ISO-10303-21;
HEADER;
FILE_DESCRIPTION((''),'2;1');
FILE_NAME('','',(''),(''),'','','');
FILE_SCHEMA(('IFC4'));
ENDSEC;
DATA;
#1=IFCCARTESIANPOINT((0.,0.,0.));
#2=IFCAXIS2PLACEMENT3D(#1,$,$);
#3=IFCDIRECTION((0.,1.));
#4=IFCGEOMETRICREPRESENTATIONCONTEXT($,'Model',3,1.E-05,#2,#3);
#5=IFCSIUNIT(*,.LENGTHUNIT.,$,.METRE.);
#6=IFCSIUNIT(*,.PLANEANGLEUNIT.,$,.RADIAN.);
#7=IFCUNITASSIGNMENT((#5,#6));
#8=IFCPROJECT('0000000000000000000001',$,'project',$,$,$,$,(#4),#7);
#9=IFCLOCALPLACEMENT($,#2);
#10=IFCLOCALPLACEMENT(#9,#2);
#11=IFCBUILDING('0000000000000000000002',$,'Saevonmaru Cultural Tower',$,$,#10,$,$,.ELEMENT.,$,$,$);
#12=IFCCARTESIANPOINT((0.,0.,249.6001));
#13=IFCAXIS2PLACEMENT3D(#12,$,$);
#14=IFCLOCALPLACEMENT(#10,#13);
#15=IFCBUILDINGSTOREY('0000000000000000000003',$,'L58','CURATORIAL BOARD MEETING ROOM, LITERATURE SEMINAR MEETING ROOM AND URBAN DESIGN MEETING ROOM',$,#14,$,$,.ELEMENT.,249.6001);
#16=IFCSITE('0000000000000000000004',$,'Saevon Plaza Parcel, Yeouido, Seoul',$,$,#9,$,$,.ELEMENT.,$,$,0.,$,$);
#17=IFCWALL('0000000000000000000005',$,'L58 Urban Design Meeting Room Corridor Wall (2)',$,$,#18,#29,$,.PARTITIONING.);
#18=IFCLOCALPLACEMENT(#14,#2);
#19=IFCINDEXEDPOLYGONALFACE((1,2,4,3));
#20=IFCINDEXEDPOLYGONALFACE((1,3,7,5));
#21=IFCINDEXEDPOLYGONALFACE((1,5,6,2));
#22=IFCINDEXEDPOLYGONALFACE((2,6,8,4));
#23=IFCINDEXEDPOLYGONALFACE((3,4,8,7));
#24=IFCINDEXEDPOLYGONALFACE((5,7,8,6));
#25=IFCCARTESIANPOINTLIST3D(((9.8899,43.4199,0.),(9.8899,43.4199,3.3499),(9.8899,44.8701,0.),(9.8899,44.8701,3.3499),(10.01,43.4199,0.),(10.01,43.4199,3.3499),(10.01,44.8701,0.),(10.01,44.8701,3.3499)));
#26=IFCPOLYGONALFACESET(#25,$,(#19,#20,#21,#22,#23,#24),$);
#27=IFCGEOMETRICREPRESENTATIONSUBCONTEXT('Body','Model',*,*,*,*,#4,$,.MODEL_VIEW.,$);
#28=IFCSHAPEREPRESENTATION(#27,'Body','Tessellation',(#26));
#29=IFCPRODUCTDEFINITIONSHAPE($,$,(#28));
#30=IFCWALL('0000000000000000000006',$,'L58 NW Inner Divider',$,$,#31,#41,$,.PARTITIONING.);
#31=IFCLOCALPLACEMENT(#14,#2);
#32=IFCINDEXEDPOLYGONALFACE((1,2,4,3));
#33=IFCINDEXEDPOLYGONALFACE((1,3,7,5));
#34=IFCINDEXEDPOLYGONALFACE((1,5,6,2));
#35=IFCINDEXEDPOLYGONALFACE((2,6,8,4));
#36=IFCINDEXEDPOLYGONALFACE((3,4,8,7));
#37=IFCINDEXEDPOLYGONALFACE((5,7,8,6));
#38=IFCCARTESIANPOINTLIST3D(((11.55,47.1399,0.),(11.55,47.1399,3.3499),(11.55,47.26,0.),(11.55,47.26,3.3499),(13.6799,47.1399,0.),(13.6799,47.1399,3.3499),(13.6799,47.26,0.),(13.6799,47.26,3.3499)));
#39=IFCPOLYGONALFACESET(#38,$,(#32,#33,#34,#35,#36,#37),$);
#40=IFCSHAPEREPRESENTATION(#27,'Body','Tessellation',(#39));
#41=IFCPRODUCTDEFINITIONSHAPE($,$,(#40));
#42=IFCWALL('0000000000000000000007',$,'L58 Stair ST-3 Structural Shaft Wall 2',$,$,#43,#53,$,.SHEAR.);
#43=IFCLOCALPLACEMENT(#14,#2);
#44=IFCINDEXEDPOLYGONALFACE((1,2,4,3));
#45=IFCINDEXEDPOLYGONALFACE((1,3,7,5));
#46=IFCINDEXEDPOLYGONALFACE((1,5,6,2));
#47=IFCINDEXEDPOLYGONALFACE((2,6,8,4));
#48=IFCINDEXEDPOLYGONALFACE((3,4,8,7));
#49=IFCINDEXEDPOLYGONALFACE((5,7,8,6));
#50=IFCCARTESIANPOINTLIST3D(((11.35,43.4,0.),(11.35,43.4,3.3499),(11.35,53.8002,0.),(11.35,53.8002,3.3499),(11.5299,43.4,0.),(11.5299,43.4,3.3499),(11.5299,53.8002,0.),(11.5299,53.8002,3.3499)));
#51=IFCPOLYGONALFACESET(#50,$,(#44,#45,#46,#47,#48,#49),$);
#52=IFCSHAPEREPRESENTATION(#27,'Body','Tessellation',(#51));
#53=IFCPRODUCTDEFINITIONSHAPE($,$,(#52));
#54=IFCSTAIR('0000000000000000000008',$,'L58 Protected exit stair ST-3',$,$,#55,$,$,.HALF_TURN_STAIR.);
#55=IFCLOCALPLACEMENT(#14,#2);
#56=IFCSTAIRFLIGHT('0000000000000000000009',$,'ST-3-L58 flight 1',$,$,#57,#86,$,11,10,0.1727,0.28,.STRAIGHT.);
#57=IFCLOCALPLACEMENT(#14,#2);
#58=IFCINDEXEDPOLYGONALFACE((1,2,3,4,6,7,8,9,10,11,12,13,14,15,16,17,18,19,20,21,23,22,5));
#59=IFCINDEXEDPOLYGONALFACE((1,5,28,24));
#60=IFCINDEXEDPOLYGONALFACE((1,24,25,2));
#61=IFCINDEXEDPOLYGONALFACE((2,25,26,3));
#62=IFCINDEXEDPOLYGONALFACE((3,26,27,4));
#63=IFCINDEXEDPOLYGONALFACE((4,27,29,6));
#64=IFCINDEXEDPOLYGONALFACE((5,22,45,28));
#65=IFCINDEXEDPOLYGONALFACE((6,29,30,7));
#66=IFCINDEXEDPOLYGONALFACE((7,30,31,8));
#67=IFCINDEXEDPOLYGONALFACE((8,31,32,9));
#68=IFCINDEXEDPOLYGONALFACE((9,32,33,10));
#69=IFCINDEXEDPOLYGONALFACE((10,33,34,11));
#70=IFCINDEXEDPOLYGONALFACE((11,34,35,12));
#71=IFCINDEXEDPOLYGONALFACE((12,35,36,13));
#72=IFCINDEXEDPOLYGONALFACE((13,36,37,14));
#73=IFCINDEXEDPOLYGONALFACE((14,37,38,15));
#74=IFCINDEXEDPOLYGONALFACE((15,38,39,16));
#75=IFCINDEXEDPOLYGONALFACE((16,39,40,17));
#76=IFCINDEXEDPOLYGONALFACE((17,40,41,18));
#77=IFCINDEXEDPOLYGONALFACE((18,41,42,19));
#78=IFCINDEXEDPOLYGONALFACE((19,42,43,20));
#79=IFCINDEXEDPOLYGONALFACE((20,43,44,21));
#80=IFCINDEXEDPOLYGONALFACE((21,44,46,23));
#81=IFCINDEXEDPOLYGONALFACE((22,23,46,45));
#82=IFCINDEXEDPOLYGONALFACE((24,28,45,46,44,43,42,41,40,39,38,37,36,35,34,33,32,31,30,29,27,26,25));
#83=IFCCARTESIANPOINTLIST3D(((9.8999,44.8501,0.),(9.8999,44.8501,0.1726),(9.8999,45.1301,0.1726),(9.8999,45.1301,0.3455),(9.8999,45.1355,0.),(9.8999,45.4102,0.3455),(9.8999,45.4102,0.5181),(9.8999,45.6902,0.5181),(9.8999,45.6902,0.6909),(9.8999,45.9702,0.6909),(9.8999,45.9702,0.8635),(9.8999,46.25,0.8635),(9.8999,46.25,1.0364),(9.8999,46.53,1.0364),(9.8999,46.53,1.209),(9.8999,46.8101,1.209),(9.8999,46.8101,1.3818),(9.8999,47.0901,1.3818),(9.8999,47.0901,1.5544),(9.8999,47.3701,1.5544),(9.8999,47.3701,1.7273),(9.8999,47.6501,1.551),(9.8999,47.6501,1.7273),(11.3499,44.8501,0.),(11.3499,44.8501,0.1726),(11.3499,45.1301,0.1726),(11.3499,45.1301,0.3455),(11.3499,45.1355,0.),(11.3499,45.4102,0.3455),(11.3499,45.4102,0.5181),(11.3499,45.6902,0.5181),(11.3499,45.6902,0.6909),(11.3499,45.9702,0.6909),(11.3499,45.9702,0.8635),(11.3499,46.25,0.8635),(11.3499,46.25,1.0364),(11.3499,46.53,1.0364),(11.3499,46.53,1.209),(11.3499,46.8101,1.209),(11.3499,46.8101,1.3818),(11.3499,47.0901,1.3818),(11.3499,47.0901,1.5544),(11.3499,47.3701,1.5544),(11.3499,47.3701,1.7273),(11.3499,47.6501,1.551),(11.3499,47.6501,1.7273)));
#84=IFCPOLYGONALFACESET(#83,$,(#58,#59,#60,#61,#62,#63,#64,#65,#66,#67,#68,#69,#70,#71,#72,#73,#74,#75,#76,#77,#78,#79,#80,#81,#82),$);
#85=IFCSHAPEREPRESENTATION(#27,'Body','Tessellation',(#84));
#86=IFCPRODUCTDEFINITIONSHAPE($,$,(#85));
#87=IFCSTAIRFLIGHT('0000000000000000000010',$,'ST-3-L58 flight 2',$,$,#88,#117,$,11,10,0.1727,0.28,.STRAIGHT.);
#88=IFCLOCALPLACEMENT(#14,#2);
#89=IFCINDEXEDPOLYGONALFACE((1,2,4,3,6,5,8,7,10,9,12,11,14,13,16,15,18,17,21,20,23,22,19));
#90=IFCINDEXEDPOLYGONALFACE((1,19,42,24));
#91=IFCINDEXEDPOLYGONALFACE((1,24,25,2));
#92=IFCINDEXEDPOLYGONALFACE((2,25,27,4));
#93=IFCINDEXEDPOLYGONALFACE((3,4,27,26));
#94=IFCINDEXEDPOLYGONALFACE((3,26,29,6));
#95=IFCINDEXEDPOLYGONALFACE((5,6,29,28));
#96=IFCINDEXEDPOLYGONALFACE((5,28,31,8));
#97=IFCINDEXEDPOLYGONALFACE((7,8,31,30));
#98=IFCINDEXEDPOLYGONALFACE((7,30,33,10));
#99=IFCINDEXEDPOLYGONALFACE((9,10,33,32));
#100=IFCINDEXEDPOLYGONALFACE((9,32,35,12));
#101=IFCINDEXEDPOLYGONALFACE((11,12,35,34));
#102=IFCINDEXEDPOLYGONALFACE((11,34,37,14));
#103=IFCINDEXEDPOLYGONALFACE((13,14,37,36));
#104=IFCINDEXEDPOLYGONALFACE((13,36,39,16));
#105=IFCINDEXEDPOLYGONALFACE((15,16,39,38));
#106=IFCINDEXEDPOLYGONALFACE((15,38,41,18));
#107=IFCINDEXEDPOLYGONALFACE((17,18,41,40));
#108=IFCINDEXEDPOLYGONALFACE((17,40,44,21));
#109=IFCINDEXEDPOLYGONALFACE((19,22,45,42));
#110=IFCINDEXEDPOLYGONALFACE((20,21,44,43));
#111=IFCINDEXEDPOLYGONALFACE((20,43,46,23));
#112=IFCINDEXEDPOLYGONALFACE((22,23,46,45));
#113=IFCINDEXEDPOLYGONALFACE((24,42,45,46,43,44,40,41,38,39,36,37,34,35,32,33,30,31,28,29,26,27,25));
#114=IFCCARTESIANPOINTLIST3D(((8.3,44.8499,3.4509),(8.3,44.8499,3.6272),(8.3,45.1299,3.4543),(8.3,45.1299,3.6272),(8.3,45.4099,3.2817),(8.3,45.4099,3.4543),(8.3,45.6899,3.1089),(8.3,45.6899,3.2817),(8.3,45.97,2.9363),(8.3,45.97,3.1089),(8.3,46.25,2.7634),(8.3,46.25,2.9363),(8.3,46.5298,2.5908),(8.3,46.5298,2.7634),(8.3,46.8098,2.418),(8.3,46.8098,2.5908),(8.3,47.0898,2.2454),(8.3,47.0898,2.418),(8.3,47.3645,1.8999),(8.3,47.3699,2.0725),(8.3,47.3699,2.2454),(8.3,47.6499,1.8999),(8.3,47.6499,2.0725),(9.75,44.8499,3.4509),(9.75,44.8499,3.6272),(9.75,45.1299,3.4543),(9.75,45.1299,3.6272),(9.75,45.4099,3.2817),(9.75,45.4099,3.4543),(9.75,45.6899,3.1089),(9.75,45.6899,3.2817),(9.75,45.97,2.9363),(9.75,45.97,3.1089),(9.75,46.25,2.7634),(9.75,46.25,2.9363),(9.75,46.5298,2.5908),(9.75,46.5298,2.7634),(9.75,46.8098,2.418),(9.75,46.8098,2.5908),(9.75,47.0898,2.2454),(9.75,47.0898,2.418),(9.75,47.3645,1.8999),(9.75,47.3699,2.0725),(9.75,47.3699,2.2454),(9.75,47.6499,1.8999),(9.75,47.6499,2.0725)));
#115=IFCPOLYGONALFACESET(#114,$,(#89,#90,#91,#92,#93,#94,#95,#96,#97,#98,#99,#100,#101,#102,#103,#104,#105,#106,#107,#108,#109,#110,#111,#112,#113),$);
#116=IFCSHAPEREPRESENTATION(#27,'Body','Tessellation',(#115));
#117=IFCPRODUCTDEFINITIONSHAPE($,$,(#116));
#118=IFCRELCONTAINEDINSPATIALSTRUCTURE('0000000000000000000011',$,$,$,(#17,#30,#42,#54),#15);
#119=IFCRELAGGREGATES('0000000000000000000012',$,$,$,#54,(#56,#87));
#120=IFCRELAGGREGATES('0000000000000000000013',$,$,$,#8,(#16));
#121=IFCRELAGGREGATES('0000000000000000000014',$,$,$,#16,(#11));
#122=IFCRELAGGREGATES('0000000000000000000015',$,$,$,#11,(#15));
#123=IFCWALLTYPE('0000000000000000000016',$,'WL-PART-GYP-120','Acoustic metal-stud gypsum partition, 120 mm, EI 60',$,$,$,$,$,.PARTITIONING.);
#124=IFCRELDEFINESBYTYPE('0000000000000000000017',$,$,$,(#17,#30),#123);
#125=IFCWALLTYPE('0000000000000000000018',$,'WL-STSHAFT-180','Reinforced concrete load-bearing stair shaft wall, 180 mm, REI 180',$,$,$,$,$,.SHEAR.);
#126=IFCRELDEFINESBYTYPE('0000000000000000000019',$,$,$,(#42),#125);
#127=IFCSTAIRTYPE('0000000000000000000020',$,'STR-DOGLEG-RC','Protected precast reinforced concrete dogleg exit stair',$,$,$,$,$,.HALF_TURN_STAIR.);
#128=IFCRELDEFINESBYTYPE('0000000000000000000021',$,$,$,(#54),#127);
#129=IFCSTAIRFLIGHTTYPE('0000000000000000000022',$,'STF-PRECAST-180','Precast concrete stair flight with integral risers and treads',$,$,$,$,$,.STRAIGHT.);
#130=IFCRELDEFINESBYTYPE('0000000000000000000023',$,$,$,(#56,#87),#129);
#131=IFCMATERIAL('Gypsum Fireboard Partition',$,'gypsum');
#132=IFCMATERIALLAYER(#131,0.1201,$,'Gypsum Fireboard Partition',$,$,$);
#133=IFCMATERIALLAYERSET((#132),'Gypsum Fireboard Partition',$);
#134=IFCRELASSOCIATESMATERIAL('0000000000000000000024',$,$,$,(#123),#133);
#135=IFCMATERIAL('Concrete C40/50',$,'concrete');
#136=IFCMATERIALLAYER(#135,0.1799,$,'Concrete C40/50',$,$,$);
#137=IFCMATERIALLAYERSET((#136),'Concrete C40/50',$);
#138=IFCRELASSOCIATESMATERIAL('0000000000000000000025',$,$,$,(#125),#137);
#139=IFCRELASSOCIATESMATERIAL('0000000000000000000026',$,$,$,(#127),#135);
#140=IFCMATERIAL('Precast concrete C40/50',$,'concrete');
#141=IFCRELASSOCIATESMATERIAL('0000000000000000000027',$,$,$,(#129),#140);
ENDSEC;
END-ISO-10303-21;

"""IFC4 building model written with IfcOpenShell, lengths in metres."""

from ifc_helpers import new_model, si_unit, direction, frame, frame_2d, origin, place, context, subcontext, project, spatial, polyline, rectangle, outline, extrude, material, layer, layer_set, type_object, element, aggregate, save


model = new_model("IFC4")

# Units and contexts
model_context = context("Model", 3, precision=1e-05, world=origin(), true_north=direction((0.0, 1.0)))
body_context = subcontext(model_context, "Body", "Model", "MODEL_VIEW")
ifc_project = project(units=[si_unit("LENGTHUNIT", "METRE"), si_unit("PLANEANGLEUNIT", "RADIAN")], contexts=[model_context])

# Site, building, storey
site_placement = place(None, origin())
site = spatial("IfcSite", under=ifc_project, at=site_placement, Name="Saevon Plaza Parcel, Yeouido, Seoul", CompositionType="ELEMENT", RefElevation=0.0)
building_placement = place(site_placement, origin())
building = spatial("IfcBuilding", under=site, at=building_placement, Name="Saevonmaru Cultural Tower", CompositionType="ELEMENT")
storey_placement = place(building_placement, frame((0.0, 0.0, 249.6001)))
storey = spatial("IfcBuildingStorey", under=building, at=storey_placement, Name="L58", Description="CURATORIAL BOARD MEETING ROOM, LITERATURE SEMINAR MEETING ROOM AND URBAN DESIGN MEETING ROOM", CompositionType="ELEMENT", Elevation=249.6001)

# Shared definitions
ifc_material_1 = material(Name="Gypsum Fireboard Partition", Category="gypsum")
ifc_layer_1 = layer(ifc_material_1, 0.1201, Name="Gypsum Fireboard Partition")
ifc_layer_set_1 = layer_set([ifc_layer_1], Name="Gypsum Fireboard Partition")
wall_type_1 = type_object("IfcWallType", Name="WL-PART-GYP-120", Description="Acoustic metal-stud gypsum partition, 120 mm, EI 60", PredefinedType="PARTITIONING", material=ifc_layer_set_1)

# Walls
wall_1_placement = place(storey_placement, frame((9.95, 43.4199, 0.0), z_axis=(0.0, 0.0, 1.0), x_axis=(0.0, 1.0, 0.0)))
element("IfcWall", 1, at=wall_1_placement, inside=storey, type_object=wall_type_1, Name="L58 Urban Design Meeting Room Corridor Wall (2)", PredefinedType="PARTITIONING", context=body_context, shape_type="SweptSolid", body=[
    extrude(rectangle(XDim=1.4502, YDim=0.1201, at=frame_2d((0.7251, 0.0))), origin(), (0.0, 0.0, 1.0), 3.3499),
])
wall_2_placement = place(storey_placement, frame((11.55, 47.2, 0.0), z_axis=(0.0, 0.0, 1.0), x_axis=(1.0, 0.0, 0.0)))
element("IfcWall", 2, at=wall_2_placement, inside=storey, type_object=wall_type_1, Name="L58 NW Inner Divider", PredefinedType="PARTITIONING", context=body_context, shape_type="SweptSolid", body=[
    extrude(rectangle(XDim=2.1299, YDim=0.1201, at=frame_2d((1.0649, 0.0))), origin(), (0.0, 0.0, 1.0), 3.3499),
])

# Shared definitions
ifc_material_2 = material(Name="Concrete C40/50", Category="concrete")
ifc_layer_2 = layer(ifc_material_2, 0.1799, Name="Concrete C40/50")
ifc_layer_set_2 = layer_set([ifc_layer_2], Name="Concrete C40/50")
wall_type_2 = type_object("IfcWallType", Name="WL-STSHAFT-180", Description="Reinforced concrete load-bearing stair shaft wall, 180 mm, REI 180", PredefinedType="SHEAR", material=ifc_layer_set_2)

# Wall
wall_3_placement = place(storey_placement, frame((11.4399, 43.3999, 0.0), z_axis=(0.0, 0.0, 1.0), x_axis=(0.0, 1.0, 0.0)))
element("IfcWall", 3, at=wall_3_placement, inside=storey, type_object=wall_type_2, Name="L58 Stair ST-3 Structural Shaft Wall 2", PredefinedType="SHEAR", context=body_context, shape_type="SweptSolid", body=[
    extrude(rectangle(XDim=10.4001, YDim=0.1799, at=frame_2d((5.2002, 0.0))), origin(), (0.0, 0.0, 1.0), 3.3499),
])

# Stair, stair flights
stair_type = type_object("IfcStairType", Name="STR-DOGLEG-RC", Description="Protected precast reinforced concrete dogleg exit stair", PredefinedType="HALF_TURN_STAIR", material=ifc_material_2)
stair_placement = place(storey_placement, origin())
stair = element("IfcStair", 4, at=stair_placement, inside=storey, type_object=stair_type, Name="L58 Protected exit stair ST-3", PredefinedType="HALF_TURN_STAIR")
ifc_material_3 = material(Name="Precast concrete C40/50", Category="concrete")
stair_flight_type = type_object("IfcStairFlightType", Name="STF-PRECAST-180", Description="Precast concrete stair flight with integral risers and treads", PredefinedType="STRAIGHT", material=ifc_material_3)
stair_flight_1_placement = place(storey_placement, frame((10.625, 44.8501, 0.0), z_axis=(0.0, 0.0, 1.0), x_axis=(0.0, 1.0, 0.0)))
stair_flight_1 = element("IfcStairFlight", 5, at=stair_flight_1_placement, type_object=stair_flight_type, Name="ST-3-L58 flight 1", NumberOfRisers=11, NumberOfTreads=10, PredefinedType="STRAIGHT", RiserHeight=0.1727, TreadLength=0.28, context=body_context, shape_type="SweptSolid", body=[
    extrude(outline(polyline([(0.0, 0.0), (0.0, 0.1726), (0.28, 0.1726), (0.28, 0.3455), (0.5601, 0.3455), (0.5601, 0.5181), (0.8401, 0.5181), (0.8401, 0.6909), (1.1201, 0.6909), (1.1201, 0.8635), (1.3999, 0.8635), (1.3999, 1.0364), (1.6799, 1.0364), (1.6799, 1.209), (1.96, 1.209), (1.96, 1.3818), (2.24, 1.3818), (2.24, 1.5544), (2.52, 1.5544), (2.52, 1.7273), (2.8, 1.7273), (2.8, 1.8999), (2.8, 1.551), (0.2854, 0.0), (0.0, 0.0)])), frame((0.0, 0.7251, 0.0), z_axis=(0.0, -1.0, 0.0), x_axis=(1.0, 0.0, 0.0)), (0.0, 0.0, 1.0), 1.45),
])
stair_flight_2_placement = place(storey_placement, frame((9.0249, 47.6499, 1.8999), z_axis=(0.0, 0.0, 1.0), x_axis=(0.0, -1.0, 0.0)))
stair_flight_2 = element("IfcStairFlight", 6, at=stair_flight_2_placement, type_object=stair_flight_type, Name="ST-3-L58 flight 2", NumberOfRisers=11, NumberOfTreads=10, PredefinedType="STRAIGHT", RiserHeight=0.1727, TreadLength=0.28, context=body_context, shape_type="SweptSolid", body=[
    extrude(outline(polyline([(0.0, 0.0), (0.0, 0.1726), (0.28, 0.1726), (0.28, 0.3455), (0.5601, 0.3455), (0.5601, 0.5181), (0.8401, 0.5181), (0.8401, 0.6909), (1.1201, 0.6909), (1.1201, 0.8635), (1.3999, 0.8635), (1.3999, 1.0364), (1.6799, 1.0364), (1.6799, 1.209), (1.96, 1.209), (1.96, 1.3818), (2.24, 1.3818), (2.24, 1.5544), (2.52, 1.5544), (2.52, 1.7273), (2.8, 1.7273), (2.8, 1.8999), (2.8, 1.551), (0.2854, 0.0), (0.0, 0.0)])), frame((0.0, 0.7251, 0.0), z_axis=(0.0, -1.0, 0.0), x_axis=(1.0, 0.0, 0.0)), (0.0, 0.0, 1.0), 1.45),
])
aggregate(stair, [stair_flight_1, stair_flight_2])

save(model, "model.ifc")
